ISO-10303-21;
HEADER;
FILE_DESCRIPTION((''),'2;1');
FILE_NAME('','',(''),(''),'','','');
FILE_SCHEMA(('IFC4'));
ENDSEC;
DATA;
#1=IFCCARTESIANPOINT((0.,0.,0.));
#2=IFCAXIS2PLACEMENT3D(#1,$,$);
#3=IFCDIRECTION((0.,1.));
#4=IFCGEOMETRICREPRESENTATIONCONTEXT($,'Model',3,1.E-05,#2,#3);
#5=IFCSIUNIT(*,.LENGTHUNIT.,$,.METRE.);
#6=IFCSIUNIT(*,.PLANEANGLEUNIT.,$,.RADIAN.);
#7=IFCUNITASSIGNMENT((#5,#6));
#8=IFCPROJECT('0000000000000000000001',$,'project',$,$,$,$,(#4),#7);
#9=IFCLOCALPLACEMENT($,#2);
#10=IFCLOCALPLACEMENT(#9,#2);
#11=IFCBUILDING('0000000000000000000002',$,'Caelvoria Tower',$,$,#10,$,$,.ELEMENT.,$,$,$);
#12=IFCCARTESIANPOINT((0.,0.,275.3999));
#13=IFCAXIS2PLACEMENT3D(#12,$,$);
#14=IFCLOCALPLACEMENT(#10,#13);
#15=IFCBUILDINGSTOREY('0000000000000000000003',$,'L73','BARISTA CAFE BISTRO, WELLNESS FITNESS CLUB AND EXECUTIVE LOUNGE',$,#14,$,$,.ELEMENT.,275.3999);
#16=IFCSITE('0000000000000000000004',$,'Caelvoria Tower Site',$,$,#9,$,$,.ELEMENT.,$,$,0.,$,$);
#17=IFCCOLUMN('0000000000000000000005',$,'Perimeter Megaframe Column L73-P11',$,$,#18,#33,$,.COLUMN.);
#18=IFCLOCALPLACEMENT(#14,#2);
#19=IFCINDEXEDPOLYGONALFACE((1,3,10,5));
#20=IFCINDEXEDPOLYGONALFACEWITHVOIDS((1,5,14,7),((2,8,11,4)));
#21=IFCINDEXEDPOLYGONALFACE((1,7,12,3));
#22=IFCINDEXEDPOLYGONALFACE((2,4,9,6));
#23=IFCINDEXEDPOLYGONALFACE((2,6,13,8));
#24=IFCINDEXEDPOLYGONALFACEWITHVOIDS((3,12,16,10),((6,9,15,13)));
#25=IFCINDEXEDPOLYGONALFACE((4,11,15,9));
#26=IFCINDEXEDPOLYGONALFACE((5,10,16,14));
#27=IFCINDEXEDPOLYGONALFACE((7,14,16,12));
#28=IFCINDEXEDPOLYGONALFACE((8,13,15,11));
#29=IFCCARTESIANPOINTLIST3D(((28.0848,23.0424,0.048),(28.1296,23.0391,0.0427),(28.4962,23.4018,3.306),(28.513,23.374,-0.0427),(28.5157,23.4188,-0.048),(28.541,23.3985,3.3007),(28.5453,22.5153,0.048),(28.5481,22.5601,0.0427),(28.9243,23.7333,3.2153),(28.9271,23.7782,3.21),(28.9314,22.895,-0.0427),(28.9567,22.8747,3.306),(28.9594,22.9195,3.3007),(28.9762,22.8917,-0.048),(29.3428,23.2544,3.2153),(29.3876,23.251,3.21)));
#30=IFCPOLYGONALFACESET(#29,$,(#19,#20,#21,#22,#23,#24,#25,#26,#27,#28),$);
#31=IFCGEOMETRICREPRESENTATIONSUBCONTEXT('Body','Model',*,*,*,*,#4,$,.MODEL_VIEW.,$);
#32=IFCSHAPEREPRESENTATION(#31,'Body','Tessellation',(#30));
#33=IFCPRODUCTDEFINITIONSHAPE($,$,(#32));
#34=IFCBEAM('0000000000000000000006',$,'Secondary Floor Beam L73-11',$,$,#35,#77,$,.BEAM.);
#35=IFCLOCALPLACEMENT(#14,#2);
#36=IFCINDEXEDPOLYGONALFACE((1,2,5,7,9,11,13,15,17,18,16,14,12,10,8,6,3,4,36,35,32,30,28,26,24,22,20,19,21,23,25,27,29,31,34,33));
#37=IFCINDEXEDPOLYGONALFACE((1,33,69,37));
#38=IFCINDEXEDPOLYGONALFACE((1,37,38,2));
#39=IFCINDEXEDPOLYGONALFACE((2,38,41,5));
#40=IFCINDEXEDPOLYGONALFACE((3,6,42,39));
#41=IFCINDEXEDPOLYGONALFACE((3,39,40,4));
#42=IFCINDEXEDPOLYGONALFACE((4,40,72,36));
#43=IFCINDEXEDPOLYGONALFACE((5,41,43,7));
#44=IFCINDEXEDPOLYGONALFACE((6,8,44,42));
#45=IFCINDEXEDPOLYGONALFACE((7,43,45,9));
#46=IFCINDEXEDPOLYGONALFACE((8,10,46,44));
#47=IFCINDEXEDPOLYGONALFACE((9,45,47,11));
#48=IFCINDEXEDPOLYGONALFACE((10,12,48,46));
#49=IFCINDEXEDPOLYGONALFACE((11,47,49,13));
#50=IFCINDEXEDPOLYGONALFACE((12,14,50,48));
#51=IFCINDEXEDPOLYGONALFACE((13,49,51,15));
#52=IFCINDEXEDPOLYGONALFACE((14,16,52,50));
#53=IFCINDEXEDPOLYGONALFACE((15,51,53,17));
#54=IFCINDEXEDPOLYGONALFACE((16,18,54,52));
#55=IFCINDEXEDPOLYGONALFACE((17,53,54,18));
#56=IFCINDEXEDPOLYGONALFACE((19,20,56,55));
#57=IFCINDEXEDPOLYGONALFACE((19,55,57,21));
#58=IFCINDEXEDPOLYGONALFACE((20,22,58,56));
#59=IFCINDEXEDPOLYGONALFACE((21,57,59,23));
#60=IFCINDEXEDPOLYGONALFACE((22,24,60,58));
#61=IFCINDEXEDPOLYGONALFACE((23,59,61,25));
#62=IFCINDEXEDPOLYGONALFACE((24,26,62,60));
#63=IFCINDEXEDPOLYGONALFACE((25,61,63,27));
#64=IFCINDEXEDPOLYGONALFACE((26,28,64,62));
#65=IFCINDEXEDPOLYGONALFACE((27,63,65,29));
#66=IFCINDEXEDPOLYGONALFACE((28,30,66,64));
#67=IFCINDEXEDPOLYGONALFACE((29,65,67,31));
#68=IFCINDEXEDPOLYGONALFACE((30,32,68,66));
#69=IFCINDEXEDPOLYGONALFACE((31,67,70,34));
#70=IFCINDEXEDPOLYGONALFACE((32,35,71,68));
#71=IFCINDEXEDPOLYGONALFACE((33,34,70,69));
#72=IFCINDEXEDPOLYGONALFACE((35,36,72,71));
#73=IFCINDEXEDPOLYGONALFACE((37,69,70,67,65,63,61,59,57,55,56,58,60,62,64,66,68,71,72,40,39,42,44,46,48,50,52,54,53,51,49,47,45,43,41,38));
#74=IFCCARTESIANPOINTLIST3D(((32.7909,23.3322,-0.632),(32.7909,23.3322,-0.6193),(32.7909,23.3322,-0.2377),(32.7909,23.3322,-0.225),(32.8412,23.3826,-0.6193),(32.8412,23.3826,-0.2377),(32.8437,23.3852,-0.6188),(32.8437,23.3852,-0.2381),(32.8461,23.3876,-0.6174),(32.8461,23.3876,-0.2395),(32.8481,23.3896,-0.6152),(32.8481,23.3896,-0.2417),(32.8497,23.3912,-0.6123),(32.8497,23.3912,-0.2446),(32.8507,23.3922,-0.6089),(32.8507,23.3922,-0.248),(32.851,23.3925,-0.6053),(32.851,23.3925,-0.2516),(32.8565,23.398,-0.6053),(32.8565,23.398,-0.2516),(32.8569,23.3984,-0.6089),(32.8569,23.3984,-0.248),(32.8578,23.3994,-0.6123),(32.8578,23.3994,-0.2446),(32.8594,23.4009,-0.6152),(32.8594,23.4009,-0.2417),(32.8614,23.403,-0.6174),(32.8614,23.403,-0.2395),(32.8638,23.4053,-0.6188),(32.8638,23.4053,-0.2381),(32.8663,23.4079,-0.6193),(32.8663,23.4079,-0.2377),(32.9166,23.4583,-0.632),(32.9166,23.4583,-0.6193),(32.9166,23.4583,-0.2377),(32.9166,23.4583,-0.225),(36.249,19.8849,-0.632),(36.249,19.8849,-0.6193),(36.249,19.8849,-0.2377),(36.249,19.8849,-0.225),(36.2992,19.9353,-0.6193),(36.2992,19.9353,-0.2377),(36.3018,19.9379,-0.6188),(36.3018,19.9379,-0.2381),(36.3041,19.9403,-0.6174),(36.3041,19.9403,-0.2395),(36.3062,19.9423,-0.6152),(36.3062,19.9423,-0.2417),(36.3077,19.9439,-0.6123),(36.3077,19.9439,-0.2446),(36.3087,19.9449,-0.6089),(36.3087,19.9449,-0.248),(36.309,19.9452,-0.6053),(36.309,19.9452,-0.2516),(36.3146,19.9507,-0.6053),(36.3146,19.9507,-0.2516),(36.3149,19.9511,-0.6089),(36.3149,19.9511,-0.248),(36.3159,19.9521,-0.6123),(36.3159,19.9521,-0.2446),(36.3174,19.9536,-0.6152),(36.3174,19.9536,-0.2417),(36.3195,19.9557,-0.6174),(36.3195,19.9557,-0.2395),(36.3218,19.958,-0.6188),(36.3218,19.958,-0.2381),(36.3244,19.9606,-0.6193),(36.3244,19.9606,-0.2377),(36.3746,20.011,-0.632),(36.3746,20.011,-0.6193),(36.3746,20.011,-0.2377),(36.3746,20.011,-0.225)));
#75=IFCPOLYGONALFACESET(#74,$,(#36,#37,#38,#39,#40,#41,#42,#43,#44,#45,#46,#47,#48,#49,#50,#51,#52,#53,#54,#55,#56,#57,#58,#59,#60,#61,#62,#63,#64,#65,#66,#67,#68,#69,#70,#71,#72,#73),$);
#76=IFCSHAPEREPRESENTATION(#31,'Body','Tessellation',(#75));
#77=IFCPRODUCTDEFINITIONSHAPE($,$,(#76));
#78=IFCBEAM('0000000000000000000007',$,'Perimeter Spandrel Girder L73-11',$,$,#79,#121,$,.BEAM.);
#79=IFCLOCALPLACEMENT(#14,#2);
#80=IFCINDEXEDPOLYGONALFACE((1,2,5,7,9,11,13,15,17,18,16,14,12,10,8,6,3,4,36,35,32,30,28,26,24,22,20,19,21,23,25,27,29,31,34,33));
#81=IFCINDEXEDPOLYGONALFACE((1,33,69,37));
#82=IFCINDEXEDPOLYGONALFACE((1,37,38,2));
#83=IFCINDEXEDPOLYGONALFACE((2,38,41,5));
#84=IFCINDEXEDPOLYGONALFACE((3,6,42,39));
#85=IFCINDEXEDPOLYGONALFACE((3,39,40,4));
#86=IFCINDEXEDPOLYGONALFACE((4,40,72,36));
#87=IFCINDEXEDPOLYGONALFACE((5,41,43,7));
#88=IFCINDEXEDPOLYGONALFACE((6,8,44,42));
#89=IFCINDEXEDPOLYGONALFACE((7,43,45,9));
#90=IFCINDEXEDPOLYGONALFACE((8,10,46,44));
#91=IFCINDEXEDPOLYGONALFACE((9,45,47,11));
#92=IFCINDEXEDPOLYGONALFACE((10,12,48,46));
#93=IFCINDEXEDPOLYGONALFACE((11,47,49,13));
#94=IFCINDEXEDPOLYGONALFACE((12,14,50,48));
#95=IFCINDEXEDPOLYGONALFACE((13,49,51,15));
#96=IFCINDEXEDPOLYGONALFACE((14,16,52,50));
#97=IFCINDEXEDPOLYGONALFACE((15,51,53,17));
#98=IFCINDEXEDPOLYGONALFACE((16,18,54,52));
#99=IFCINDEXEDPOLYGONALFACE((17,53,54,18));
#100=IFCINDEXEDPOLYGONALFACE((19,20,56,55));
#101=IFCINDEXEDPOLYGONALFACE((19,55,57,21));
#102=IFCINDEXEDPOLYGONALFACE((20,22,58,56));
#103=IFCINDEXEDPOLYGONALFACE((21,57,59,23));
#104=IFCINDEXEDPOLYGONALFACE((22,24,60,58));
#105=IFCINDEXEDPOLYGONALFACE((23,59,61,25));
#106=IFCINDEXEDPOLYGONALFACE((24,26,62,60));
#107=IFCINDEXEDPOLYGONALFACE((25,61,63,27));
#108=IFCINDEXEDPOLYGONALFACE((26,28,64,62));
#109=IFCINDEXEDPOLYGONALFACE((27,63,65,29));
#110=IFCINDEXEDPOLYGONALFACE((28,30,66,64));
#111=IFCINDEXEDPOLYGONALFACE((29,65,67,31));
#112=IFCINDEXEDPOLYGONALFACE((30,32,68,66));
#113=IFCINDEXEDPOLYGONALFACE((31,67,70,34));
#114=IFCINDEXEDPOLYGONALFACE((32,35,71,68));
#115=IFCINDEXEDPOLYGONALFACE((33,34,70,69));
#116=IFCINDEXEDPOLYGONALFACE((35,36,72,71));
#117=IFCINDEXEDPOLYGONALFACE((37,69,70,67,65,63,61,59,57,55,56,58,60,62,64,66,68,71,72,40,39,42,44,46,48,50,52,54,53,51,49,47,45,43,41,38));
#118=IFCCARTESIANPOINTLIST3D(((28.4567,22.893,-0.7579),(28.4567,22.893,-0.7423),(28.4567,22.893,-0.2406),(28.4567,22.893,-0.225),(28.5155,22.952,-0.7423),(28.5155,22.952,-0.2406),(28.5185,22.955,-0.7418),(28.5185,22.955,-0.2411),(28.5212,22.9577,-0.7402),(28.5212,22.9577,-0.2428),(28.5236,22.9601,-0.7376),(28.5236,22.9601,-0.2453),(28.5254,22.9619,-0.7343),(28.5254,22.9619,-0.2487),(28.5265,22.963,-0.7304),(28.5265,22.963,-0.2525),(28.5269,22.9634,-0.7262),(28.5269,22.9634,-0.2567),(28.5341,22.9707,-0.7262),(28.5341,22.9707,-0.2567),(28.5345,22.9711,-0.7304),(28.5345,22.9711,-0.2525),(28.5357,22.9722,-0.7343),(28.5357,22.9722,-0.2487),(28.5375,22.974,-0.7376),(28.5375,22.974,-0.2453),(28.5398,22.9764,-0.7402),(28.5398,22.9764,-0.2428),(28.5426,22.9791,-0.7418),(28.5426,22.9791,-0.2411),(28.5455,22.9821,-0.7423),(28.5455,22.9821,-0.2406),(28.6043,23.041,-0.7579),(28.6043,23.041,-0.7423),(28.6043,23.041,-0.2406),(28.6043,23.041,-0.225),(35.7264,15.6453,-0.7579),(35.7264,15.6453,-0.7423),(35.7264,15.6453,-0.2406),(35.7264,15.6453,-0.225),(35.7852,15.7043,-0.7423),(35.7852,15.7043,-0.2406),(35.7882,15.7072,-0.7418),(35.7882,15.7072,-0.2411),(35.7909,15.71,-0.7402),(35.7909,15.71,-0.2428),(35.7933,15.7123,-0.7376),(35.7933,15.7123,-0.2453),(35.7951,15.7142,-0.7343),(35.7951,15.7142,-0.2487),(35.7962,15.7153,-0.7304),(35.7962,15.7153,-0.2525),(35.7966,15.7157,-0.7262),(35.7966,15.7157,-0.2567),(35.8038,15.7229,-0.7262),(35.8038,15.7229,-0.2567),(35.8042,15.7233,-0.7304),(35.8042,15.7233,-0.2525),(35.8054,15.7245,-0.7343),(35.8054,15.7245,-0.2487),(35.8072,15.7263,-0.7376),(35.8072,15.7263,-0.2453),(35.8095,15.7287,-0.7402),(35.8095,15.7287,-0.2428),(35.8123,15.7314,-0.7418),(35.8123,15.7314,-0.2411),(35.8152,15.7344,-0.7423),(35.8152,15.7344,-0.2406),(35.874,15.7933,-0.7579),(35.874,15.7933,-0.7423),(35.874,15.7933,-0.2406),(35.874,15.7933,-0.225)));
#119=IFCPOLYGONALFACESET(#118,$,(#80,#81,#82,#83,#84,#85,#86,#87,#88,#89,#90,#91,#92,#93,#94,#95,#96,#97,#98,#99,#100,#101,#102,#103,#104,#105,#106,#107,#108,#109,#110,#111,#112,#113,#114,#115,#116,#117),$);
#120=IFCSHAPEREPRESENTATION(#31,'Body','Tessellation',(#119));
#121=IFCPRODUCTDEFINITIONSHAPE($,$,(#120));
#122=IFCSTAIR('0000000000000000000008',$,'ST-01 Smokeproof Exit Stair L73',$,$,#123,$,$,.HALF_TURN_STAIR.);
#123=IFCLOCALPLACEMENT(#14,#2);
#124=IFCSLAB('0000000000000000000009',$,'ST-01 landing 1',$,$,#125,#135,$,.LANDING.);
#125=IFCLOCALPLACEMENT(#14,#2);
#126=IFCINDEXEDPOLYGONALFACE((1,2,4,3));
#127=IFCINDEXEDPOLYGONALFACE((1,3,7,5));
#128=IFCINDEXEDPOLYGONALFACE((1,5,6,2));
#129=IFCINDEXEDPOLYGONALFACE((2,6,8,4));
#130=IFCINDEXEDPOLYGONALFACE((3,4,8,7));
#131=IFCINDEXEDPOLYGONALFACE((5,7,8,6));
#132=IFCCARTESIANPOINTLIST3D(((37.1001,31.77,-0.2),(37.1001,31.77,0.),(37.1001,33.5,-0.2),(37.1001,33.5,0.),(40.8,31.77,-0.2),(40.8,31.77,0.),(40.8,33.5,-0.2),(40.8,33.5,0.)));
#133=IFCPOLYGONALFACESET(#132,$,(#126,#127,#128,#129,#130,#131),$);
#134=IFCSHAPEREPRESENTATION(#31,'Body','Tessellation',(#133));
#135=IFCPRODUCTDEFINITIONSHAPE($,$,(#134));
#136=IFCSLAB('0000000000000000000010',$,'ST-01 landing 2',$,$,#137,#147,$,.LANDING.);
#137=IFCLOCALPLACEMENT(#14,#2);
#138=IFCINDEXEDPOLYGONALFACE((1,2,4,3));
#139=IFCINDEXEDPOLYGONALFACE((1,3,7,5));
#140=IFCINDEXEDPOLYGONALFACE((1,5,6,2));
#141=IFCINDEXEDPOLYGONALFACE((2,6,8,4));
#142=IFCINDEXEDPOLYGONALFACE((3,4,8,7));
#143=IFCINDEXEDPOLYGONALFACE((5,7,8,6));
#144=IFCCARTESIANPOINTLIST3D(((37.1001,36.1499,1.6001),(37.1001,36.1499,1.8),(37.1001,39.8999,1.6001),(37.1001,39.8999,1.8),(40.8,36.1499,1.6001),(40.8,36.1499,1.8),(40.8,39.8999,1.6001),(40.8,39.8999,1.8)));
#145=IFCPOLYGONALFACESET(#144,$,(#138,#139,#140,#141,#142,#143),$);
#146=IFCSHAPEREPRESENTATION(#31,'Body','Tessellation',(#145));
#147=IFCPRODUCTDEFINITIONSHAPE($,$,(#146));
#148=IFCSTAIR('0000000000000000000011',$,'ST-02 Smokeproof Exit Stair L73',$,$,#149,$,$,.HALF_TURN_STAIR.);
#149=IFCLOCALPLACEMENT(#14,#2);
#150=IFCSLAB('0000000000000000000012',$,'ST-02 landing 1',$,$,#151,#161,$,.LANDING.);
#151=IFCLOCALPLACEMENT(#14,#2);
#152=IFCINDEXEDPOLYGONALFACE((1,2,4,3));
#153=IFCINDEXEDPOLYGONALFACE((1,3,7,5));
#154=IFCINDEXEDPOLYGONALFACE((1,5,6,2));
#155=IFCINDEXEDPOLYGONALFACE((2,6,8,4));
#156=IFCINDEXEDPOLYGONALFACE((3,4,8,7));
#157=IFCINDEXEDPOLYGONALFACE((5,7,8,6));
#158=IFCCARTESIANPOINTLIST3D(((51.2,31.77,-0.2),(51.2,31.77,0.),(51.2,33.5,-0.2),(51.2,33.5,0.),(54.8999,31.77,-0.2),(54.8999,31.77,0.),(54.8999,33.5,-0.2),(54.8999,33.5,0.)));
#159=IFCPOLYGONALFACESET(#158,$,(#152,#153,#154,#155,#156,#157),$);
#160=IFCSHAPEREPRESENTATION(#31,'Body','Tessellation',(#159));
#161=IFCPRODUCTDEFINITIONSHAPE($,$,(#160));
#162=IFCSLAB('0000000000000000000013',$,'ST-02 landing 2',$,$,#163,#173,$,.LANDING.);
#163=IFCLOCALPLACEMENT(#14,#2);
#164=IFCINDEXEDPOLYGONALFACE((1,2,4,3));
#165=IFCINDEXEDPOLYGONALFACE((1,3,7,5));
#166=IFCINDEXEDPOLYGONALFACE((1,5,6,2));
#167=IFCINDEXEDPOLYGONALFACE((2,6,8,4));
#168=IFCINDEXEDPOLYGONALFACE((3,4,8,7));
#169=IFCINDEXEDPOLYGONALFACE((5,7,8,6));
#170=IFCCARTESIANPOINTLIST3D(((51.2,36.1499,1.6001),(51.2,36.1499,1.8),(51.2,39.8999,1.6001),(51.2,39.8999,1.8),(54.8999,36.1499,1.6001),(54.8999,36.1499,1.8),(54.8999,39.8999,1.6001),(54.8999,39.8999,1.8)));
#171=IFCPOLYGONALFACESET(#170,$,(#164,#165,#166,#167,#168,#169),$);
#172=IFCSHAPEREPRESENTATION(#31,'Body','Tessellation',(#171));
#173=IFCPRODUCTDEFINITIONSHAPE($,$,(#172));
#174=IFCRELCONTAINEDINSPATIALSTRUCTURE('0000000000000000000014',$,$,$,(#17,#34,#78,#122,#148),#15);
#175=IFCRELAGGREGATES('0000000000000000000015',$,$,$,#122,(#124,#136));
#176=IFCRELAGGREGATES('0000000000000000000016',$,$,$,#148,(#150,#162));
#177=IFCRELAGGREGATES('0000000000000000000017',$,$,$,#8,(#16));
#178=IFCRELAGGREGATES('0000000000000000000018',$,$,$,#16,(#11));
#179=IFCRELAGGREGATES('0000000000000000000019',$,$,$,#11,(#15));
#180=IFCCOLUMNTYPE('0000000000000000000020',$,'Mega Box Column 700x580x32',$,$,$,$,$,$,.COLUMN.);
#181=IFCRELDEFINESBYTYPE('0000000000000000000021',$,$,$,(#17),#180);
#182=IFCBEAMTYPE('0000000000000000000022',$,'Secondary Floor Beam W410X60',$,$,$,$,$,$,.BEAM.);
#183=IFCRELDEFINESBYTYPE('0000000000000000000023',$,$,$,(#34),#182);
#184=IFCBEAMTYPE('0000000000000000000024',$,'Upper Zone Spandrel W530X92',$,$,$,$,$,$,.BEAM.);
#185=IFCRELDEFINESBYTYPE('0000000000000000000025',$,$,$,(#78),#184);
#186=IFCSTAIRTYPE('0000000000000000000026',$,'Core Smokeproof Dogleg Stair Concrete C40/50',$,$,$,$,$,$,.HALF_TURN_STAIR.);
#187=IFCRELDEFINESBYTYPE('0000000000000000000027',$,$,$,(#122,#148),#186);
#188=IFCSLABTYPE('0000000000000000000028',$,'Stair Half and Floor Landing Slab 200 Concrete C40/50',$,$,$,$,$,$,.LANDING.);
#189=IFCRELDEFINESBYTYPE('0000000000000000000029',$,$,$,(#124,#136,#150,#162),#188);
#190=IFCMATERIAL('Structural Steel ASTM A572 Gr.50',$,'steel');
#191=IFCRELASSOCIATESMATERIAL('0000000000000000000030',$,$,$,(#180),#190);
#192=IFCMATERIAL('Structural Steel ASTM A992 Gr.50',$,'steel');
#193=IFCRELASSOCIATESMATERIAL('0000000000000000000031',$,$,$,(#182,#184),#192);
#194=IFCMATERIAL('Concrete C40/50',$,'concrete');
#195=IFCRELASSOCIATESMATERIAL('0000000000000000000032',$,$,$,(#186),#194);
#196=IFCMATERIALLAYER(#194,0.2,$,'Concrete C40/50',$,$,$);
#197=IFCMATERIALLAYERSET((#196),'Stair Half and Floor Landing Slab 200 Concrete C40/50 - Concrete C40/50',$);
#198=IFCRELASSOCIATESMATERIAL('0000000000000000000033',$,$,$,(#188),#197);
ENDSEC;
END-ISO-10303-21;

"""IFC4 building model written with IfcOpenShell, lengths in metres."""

from ifc_helpers import new_model, si_unit, direction, frame, origin, origin_2d, place, context, subcontext, project, spatial, polyline, hollow_rectangle, i_section, outline, extrude, material, layer, layer_set, material_profile, profile_set, type_object, element, aggregate, save


model = new_model("IFC4")

# Units and contexts
model_context = context("Model", 3, precision=1e-05, world=origin(), true_north=direction((0.0, 1.0)))
body_context = subcontext(model_context, "Body", "Model", "MODEL_VIEW")
ifc_project = project(units=[si_unit("LENGTHUNIT", "METRE"), si_unit("PLANEANGLEUNIT", "RADIAN")], contexts=[model_context])

# Site, building, storey
site_placement = place(None, origin())
site = spatial("IfcSite", under=ifc_project, at=site_placement, Name="Caelvoria Tower Site", CompositionType="ELEMENT", RefElevation=0.0)
building_placement = place(site_placement, origin())
building = spatial("IfcBuilding", under=site, at=building_placement, Name="Caelvoria Tower", CompositionType="ELEMENT")
storey_placement = place(building_placement, frame((0.0, 0.0, 275.3999)))
storey = spatial("IfcBuildingStorey", under=building, at=storey_placement, Name="L73", Description="BARISTA CAFE BISTRO, WELLNESS FITNESS CLUB AND EXECUTIVE LOUNGE", CompositionType="ELEMENT", Elevation=275.3999)

# Column
ifc_material_1 = material(Name="Structural Steel ASTM A572 Gr.50", Category="steel")
ifc_material_profile_1 = material_profile(ifc_material_1, hollow_rectangle(XDim=0.5801, YDim=0.7, WallThickness=0.032, at=origin_2d()), Name="Structural Steel ASTM A572 Gr.50")
ifc_profile_set_1 = profile_set([ifc_material_profile_1], Name="BOX700X580X32 - Structural Steel ASTM A572 Gr.50")
column_type = type_object("IfcColumnType", Name="Mega Box Column 700x580x32", PredefinedType="COLUMN", material=ifc_profile_set_1)
column_placement = place(storey_placement, frame((28.5305, 22.967, 0.0), z_axis=(0.124526, 0.108785, 0.986235), x_axis=(-0.742736, -0.648847, 0.165351)))
element("IfcColumn", 1, at=column_placement, inside=storey, type_object=column_type, Name="Perimeter Megaframe Column L73-P11", PredefinedType="COLUMN", context=body_context, shape_type="SweptSolid", body=[
    extrude(hollow_rectangle(XDim=0.5801, YDim=0.7, WallThickness=0.032, at=origin_2d()), origin(), (0.0, 0.0, 1.0), 3.3035),
])

# Beams
ifc_material_2 = material(Name="Structural Steel ASTM A992 Gr.50", Category="steel")
ifc_material_profile_2 = material_profile(ifc_material_2, i_section(OverallWidth=0.178, OverallDepth=0.407, WebThickness=0.0078, FlangeThickness=0.0127, FilletRadius=0.0139, at=origin_2d()), Name="Structural Steel ASTM A992 Gr.50")
ifc_profile_set_2 = profile_set([ifc_material_profile_2], Name="W410X60 - Structural Steel ASTM A992 Gr.50")
beam_type_1 = type_object("IfcBeamType", Name="Secondary Floor Beam W410X60", PredefinedType="BEAM", material=ifc_profile_set_2)
beam_1_placement = place(storey_placement, frame((32.8538, 23.3953, -0.4285), z_axis=(0.708206, -0.706006, 0.0), x_axis=(0.706006, 0.708206, 0.0)))
element("IfcBeam", 2, at=beam_1_placement, inside=storey, type_object=beam_type_1, Name="Secondary Floor Beam L73-11", PredefinedType="BEAM", context=body_context, shape_type="SweptSolid", body=[
    extrude(i_section(OverallWidth=0.178, OverallDepth=0.407, WebThickness=0.0078, FlangeThickness=0.0127, FilletRadius=0.0139, at=origin_2d()), origin(), (0.0, 0.0, 1.0), 4.8828),
])
ifc_material_profile_3 = material_profile(ifc_material_2, i_section(OverallWidth=0.209, OverallDepth=0.533, WebThickness=0.0103, FlangeThickness=0.0156, FilletRadius=0.0161, at=origin_2d()), Name="Structural Steel ASTM A992 Gr.50")
ifc_profile_set_3 = profile_set([ifc_material_profile_3], Name="W530X92 - Structural Steel ASTM A992 Gr.50")
beam_type_2 = type_object("IfcBeamType", Name="Upper Zone Spandrel W530X92", PredefinedType="BEAM", material=ifc_profile_set_3)
beam_2_placement = place(storey_placement, frame((28.5305, 22.967, -0.4915), z_axis=(0.708176, -0.706036, 0.0), x_axis=(0.706036, 0.708176, 0.0)))
element("IfcBeam", 3, at=beam_2_placement, inside=storey, type_object=beam_type_2, Name="Perimeter Spandrel Girder L73-11", PredefinedType="BEAM", context=body_context, shape_type="SweptSolid", body=[
    extrude(i_section(OverallWidth=0.209, OverallDepth=0.533, WebThickness=0.0103, FlangeThickness=0.0156, FilletRadius=0.0161, at=origin_2d()), origin(), (0.0, 0.0, 1.0), 10.2654),
])

# Stairs, slabs
ifc_material_3 = material(Name="Concrete C40/50", Category="concrete")
stair_type = type_object("IfcStairType", Name="Core Smokeproof Dogleg Stair Concrete C40/50", PredefinedType="HALF_TURN_STAIR", material=ifc_material_3)
stair_1_placement = place(storey_placement, origin())
stair_1 = element("IfcStair", 4, at=stair_1_placement, inside=storey, type_object=stair_type, Name="ST-01 Smokeproof Exit Stair L73", PredefinedType="HALF_TURN_STAIR")
ifc_layer_1 = layer(ifc_material_3, 0.2, Name="Concrete C40/50")
ifc_layer_set_1 = layer_set([ifc_layer_1], Name="Stair Half and Floor Landing Slab 200 Concrete C40/50 - Concrete C40/50")
slab_type_1 = type_object("IfcSlabType", Name="Stair Half and Floor Landing Slab 200 Concrete C40/50", PredefinedType="LANDING", material=ifc_layer_set_1)
slab_1_placement = place(storey_placement, frame((0.0, 0.0, -0.2)))
slab_1 = element("IfcSlab", 5, at=slab_1_placement, type_object=slab_type_1, Name="ST-01 landing 1", PredefinedType="LANDING", context=body_context, shape_type="SweptSolid", body=[
    extrude(outline(polyline([(37.1001, 31.77), (40.8, 31.77), (40.8, 33.5), (37.1001, 33.5), (37.1001, 31.77)])), origin(), (0.0, 0.0, 1.0), 0.2),
])
slab_2_placement = place(storey_placement, frame((0.0, 0.0, 1.6001)))
slab_2 = element("IfcSlab", 6, at=slab_2_placement, type_object=slab_type_1, Name="ST-01 landing 2", PredefinedType="LANDING", context=body_context, shape_type="SweptSolid", body=[
    extrude(outline(polyline([(37.1001, 36.1499), (40.8, 36.1499), (40.8, 39.8999), (37.1001, 39.8999), (37.1001, 36.1499)])), origin(), (0.0, 0.0, 1.0), 0.2),
])
aggregate(stair_1, [slab_1, slab_2])
stair_2_placement = place(storey_placement, origin())
stair_2 = element("IfcStair", 7, at=stair_2_placement, inside=storey, type_object=stair_type, Name="ST-02 Smokeproof Exit Stair L73", PredefinedType="HALF_TURN_STAIR")
slab_3_placement = place(storey_placement, frame((0.0, 0.0, -0.2)))
slab_3 = element("IfcSlab", 8, at=slab_3_placement, type_object=slab_type_1, Name="ST-02 landing 1", PredefinedType="LANDING", context=body_context, shape_type="SweptSolid", body=[
    extrude(outline(polyline([(51.2, 31.77), (54.8999, 31.77), (54.8999, 33.5), (51.2, 33.5), (51.2, 31.77)])), origin(), (0.0, 0.0, 1.0), 0.2),
])
slab_4_placement = place(storey_placement, frame((0.0, 0.0, 1.6001)))
slab_4 = element("IfcSlab", 9, at=slab_4_placement, type_object=slab_type_1, Name="ST-02 landing 2", PredefinedType="LANDING", context=body_context, shape_type="SweptSolid", body=[
    extrude(outline(polyline([(51.2, 36.1499), (54.8999, 36.1499), (54.8999, 39.8999), (51.2, 39.8999), (51.2, 36.1499)])), origin(), (0.0, 0.0, 1.0), 0.2),
])
aggregate(stair_2, [slab_3, slab_4])

save(model, "model.ifc")
